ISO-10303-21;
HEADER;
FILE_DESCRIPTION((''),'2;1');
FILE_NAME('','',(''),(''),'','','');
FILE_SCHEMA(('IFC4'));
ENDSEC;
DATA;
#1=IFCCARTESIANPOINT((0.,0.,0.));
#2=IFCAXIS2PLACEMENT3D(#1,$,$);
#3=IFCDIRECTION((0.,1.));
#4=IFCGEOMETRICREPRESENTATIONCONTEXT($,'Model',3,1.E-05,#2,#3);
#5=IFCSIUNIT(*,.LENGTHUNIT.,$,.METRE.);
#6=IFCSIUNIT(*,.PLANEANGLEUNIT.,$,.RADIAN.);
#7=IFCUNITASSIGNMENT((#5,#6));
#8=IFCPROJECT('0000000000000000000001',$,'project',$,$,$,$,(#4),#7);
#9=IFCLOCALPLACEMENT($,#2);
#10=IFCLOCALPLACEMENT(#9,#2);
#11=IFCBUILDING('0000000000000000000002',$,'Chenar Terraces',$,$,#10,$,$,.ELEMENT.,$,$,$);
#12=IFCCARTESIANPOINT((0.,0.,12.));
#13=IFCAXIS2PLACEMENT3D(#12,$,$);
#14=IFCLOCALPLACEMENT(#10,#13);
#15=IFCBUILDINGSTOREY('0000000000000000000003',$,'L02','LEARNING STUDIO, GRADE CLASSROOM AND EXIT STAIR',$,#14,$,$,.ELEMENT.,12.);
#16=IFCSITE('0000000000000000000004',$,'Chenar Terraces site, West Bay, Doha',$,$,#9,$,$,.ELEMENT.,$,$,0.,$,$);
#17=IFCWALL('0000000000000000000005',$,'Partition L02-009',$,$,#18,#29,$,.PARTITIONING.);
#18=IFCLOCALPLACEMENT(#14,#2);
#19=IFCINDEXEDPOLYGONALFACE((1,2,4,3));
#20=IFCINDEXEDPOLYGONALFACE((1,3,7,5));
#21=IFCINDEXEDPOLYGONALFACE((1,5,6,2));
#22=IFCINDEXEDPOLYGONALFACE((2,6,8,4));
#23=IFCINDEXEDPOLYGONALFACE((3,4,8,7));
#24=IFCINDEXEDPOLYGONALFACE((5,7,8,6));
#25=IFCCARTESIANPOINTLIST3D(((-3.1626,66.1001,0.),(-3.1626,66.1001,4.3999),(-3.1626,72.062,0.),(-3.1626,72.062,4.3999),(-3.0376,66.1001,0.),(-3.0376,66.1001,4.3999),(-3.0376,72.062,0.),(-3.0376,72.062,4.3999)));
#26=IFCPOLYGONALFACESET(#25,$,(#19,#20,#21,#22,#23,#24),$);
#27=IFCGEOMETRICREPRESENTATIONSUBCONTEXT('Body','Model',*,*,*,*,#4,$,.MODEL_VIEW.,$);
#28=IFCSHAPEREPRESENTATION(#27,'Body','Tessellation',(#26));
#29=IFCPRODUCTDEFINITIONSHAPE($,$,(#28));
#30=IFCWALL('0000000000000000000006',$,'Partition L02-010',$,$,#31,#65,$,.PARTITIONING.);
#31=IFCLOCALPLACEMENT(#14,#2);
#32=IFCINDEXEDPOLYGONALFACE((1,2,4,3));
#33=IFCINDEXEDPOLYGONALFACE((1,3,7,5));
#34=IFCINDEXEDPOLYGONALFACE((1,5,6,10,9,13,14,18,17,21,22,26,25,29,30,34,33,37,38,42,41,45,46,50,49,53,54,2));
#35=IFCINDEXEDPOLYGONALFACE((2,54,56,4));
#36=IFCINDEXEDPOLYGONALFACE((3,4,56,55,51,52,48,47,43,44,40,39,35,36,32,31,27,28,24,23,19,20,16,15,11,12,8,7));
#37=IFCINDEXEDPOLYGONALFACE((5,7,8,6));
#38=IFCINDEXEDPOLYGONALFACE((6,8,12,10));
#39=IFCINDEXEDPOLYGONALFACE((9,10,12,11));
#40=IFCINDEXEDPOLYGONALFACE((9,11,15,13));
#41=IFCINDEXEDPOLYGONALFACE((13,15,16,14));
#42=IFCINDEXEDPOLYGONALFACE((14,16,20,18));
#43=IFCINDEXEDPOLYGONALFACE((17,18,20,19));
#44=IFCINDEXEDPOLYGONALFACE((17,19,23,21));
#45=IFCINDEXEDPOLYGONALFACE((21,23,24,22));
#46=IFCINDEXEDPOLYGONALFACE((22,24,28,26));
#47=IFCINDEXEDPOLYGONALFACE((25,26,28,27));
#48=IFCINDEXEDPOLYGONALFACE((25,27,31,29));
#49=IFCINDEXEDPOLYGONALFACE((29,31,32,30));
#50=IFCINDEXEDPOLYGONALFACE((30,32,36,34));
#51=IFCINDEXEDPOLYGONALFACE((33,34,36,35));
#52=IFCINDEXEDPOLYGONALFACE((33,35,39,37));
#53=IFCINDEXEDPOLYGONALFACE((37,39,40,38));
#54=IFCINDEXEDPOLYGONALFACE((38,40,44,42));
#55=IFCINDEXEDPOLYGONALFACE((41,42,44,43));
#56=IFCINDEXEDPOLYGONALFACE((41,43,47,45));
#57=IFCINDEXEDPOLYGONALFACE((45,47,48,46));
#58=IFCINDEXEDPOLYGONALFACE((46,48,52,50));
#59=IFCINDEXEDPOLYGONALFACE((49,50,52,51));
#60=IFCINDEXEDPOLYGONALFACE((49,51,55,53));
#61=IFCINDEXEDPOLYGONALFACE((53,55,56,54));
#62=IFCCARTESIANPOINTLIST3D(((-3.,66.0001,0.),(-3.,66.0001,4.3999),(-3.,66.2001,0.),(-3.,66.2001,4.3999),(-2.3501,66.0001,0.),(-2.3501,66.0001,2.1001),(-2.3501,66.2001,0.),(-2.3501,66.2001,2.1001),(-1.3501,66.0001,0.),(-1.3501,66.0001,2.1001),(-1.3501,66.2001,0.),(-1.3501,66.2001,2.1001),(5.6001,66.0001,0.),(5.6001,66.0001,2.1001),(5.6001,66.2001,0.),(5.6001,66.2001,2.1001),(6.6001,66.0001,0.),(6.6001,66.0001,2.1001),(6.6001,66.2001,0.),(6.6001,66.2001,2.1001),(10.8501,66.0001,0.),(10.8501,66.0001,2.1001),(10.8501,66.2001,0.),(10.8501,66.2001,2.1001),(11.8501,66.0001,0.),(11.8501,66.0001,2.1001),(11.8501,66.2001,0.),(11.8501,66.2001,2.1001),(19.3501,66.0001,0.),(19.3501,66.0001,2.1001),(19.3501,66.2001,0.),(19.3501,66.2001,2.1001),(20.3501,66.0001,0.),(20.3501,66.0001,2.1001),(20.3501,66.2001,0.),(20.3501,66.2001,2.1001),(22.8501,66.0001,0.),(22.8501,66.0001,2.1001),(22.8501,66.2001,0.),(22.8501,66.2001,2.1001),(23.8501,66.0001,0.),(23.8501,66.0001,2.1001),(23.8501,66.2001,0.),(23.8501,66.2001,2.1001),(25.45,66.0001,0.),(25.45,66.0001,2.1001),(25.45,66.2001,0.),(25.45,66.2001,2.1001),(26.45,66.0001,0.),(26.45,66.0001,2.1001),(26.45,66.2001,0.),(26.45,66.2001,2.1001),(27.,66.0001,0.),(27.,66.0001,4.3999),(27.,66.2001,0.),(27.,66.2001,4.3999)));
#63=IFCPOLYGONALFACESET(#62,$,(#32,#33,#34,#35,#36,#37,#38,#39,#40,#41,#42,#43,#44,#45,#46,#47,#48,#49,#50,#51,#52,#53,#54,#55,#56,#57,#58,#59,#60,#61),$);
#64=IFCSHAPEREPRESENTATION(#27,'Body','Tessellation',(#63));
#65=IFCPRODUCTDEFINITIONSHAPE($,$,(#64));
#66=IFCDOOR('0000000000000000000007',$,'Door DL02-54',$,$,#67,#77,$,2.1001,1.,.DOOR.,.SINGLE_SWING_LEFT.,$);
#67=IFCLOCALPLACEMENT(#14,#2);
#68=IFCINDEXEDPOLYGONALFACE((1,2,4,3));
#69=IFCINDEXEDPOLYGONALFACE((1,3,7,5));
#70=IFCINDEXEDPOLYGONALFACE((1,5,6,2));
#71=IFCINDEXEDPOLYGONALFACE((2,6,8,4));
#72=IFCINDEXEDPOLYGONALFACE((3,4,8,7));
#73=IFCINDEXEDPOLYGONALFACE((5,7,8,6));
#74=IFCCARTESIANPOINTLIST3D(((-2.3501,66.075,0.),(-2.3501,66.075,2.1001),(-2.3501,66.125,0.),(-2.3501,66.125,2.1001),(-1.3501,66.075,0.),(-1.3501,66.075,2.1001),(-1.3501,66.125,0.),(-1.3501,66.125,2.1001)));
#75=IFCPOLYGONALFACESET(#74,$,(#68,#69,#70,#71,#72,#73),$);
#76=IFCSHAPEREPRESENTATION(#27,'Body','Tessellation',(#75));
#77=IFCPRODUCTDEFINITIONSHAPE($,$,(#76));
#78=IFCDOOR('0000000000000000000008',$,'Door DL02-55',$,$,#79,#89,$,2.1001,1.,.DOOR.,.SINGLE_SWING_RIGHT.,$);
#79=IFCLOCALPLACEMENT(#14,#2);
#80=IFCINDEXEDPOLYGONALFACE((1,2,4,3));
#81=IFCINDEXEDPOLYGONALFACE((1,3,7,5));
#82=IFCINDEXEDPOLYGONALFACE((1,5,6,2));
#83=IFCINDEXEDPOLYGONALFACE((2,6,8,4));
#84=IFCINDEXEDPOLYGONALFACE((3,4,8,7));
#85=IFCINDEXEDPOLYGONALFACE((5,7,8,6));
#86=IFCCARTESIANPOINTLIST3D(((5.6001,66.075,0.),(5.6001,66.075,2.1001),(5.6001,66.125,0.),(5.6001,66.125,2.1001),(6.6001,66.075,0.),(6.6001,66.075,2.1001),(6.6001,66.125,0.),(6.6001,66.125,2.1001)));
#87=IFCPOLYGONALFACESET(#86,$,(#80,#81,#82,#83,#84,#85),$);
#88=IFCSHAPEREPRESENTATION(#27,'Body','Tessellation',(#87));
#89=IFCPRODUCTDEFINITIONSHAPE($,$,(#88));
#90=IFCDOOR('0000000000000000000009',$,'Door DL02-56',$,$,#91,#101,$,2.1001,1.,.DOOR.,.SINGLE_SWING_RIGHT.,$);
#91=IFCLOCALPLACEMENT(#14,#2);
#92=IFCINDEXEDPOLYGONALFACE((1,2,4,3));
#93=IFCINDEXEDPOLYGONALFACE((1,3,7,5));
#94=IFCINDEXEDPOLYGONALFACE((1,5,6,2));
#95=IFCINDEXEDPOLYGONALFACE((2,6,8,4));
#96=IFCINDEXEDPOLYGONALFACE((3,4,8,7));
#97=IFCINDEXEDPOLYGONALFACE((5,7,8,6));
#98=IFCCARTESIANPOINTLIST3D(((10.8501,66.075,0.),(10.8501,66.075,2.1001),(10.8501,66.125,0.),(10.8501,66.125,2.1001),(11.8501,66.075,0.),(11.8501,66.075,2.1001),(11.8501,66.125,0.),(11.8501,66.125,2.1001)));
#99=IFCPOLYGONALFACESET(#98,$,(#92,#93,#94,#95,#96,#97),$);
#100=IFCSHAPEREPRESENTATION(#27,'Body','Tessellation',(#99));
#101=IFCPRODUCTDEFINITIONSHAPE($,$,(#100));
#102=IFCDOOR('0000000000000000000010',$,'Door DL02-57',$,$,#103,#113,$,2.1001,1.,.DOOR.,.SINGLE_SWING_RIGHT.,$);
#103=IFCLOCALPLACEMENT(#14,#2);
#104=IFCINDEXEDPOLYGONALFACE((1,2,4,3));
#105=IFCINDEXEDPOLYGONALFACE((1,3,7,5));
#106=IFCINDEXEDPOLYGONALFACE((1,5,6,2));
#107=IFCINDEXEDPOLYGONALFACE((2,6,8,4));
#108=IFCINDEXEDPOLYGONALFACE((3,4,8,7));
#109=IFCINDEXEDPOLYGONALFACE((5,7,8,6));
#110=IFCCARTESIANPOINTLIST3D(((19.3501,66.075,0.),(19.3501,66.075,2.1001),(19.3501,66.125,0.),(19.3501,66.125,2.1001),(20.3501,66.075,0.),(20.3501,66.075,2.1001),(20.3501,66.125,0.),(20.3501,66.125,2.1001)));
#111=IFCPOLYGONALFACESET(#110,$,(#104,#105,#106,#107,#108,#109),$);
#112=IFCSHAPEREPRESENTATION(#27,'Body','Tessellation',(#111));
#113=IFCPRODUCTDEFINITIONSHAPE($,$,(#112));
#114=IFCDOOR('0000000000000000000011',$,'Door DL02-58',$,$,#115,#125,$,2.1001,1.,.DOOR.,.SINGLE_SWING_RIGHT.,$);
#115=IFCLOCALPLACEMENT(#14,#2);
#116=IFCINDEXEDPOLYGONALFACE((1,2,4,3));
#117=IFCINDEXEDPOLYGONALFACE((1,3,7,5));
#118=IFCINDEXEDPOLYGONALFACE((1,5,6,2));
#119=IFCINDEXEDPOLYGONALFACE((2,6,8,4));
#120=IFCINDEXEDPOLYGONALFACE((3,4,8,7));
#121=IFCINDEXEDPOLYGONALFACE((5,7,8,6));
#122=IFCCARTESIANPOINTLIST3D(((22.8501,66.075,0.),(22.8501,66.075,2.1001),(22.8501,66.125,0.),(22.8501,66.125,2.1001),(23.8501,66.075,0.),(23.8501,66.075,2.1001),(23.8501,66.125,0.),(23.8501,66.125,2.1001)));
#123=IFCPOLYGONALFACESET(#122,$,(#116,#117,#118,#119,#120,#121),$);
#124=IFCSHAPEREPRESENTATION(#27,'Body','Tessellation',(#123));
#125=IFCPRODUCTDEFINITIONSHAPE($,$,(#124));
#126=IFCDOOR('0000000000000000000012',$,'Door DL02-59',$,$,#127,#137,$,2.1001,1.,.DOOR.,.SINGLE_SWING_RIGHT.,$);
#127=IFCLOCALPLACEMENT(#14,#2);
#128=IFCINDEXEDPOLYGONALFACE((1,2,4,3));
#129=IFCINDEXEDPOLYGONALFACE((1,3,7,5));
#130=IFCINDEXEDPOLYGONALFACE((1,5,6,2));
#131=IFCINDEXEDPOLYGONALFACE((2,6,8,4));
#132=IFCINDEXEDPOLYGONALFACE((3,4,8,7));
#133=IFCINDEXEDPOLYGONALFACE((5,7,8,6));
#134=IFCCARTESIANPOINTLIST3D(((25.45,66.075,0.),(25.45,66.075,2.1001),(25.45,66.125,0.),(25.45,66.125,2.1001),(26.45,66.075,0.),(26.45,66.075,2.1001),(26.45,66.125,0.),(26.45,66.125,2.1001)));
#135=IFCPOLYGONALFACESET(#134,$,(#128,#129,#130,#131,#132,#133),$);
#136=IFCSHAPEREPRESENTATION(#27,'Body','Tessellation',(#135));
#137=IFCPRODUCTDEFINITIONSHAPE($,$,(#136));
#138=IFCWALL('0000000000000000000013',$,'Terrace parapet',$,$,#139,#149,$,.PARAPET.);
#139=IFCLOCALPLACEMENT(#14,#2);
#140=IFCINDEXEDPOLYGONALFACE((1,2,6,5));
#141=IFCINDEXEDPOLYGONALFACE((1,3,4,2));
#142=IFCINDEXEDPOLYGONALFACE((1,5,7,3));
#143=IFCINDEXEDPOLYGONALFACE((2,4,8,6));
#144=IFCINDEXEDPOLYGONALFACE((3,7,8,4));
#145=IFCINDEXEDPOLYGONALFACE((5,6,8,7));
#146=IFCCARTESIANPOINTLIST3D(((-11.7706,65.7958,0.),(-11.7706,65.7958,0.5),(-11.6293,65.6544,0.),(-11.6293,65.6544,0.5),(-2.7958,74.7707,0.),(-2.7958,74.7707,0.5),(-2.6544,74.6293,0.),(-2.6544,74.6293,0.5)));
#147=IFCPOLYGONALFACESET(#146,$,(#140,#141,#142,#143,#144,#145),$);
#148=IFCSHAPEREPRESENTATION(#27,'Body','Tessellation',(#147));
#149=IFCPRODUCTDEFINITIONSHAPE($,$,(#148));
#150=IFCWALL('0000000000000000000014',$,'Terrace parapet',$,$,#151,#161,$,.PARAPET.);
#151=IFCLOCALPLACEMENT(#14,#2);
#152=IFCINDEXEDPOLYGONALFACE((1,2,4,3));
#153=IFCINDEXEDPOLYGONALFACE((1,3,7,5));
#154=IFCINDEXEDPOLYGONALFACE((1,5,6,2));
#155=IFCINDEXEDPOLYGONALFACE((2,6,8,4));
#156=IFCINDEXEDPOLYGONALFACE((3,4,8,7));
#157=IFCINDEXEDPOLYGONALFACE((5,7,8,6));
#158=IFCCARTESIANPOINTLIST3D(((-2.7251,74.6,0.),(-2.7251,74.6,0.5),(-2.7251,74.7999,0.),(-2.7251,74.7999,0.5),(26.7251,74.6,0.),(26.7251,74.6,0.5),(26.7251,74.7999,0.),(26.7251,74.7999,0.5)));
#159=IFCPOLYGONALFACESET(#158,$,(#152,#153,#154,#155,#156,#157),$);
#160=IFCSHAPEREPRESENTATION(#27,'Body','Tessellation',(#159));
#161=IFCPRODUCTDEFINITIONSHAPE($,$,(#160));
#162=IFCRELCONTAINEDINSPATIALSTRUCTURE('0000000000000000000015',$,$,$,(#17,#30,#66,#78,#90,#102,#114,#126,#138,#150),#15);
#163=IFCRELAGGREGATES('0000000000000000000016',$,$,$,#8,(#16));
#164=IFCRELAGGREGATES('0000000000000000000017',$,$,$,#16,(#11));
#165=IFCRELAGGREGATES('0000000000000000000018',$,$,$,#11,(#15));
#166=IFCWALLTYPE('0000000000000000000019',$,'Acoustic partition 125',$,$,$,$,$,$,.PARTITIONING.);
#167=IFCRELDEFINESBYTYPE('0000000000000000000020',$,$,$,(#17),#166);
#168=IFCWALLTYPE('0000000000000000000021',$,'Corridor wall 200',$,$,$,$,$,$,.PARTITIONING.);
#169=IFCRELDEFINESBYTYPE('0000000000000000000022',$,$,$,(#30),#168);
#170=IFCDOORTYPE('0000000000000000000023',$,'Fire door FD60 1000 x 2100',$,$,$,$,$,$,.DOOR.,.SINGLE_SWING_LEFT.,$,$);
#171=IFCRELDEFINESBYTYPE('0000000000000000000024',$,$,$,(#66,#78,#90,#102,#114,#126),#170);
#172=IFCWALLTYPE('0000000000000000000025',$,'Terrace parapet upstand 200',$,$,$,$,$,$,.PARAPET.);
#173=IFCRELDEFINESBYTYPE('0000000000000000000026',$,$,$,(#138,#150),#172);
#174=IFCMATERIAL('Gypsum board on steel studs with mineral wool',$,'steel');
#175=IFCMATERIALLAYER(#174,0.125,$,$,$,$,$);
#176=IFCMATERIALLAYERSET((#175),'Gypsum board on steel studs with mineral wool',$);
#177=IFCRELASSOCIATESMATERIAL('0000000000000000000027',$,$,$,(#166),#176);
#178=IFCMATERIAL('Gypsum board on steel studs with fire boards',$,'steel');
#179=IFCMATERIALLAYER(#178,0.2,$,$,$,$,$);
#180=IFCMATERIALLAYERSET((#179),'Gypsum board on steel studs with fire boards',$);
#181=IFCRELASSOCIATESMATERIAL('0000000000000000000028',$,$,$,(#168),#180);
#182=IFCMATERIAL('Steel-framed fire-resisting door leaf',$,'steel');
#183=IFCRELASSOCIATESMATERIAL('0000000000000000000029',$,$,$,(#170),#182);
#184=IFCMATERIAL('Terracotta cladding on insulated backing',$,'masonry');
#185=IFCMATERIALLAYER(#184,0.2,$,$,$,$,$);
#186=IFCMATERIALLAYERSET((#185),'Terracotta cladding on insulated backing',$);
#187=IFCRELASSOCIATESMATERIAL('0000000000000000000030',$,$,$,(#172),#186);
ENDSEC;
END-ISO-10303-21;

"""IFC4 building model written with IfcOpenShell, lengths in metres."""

from ifc_helpers import new_model, si_unit, direction, frame, frame_2d, origin, place, context, subcontext, project, spatial, rectangle, extrude, material, layer, layer_set, type_object, element, fill, save


model = new_model("IFC4")

# Units and contexts
model_context = context("Model", 3, precision=1e-05, world=origin(), true_north=direction((0.0, 1.0)))
body_context = subcontext(model_context, "Body", "Model", "MODEL_VIEW")
ifc_project = project(units=[si_unit("LENGTHUNIT", "METRE"), si_unit("PLANEANGLEUNIT", "RADIAN")], contexts=[model_context])

# Site, building, storey
site_placement = place(None, origin())
site = spatial("IfcSite", under=ifc_project, at=site_placement, Name="Chenar Terraces site, West Bay, Doha", CompositionType="ELEMENT", RefElevation=0.0)
building_placement = place(site_placement, origin())
building = spatial("IfcBuilding", under=site, at=building_placement, Name="Chenar Terraces", CompositionType="ELEMENT")
storey_placement = place(building_placement, frame((0.0, 0.0, 12.0)))
storey = spatial("IfcBuildingStorey", under=building, at=storey_placement, Name="L02", Description="LEARNING STUDIO, GRADE CLASSROOM AND EXIT STAIR", CompositionType="ELEMENT", Elevation=12.0)

# Wall
ifc_material_1 = material(Name="Gypsum board on steel studs with mineral wool", Category="steel")
ifc_layer_1 = layer(ifc_material_1, 0.125)
ifc_layer_set_1 = layer_set([ifc_layer_1], Name="Gypsum board on steel studs with mineral wool")
wall_type_1 = type_object("IfcWallType", Name="Acoustic partition 125", PredefinedType="PARTITIONING", material=ifc_layer_set_1)
wall_1_placement = place(storey_placement, frame((-3.1001, 66.1001, 0.0), z_axis=(0.0, 0.0, 1.0), x_axis=(0.0, 1.0, 0.0)))
element("IfcWall", 1, at=wall_1_placement, inside=storey, type_object=wall_type_1, Name="Partition L02-009", PredefinedType="PARTITIONING", context=body_context, shape_type="SweptSolid", body=[
    extrude(rectangle(XDim=5.9619, YDim=0.125, at=frame_2d((2.981, 0.0))), origin(), (0.0, 0.0, 1.0), 4.3999),
])

# Wall, openings, doors
ifc_material_2 = material(Name="Gypsum board on steel studs with fire boards", Category="steel")
ifc_layer_2 = layer(ifc_material_2, 0.2)
ifc_layer_set_2 = layer_set([ifc_layer_2], Name="Gypsum board on steel studs with fire boards")
wall_type_2 = type_object("IfcWallType", Name="Corridor wall 200", PredefinedType="PARTITIONING", material=ifc_layer_set_2)
wall_2_placement = place(storey_placement, frame((-3.0, 66.1001, 0.0), z_axis=(0.0, 0.0, 1.0), x_axis=(1.0, 0.0, 0.0)))
wall_2 = element("IfcWall", 2, at=wall_2_placement, inside=storey, type_object=wall_type_2, Name="Partition L02-010", PredefinedType="PARTITIONING", context=body_context, shape_type="SweptSolid", body=[
    extrude(rectangle(XDim=30.0, YDim=0.2, at=frame_2d((15.0, 0.0))), origin(), (0.0, 0.0, 1.0), 4.3999),
])
opening_1_placement = place(wall_2_placement, frame((0.6499, 0.0, 0.0)))
opening_1 = element("IfcOpeningElement", 3, at=opening_1_placement, cuts=wall_2, PredefinedType="OPENING", context=body_context, shape_type="SweptSolid", body=[
    extrude(rectangle(XDim=1.0, YDim=2.1001, at=frame_2d((0.5, 1.05))), frame((0.0, 0.1099, 0.0), z_axis=(0.0, -1.0, 0.0), x_axis=(1.0, 0.0, 0.0)), (0.0, 0.0, 1.0), 0.22),
])
opening_2_placement = place(wall_2_placement, frame((8.6001, 0.0, 0.0)))
opening_2 = element("IfcOpeningElement", 4, at=opening_2_placement, cuts=wall_2, PredefinedType="OPENING", context=body_context, shape_type="SweptSolid", body=[
    extrude(rectangle(XDim=1.0, YDim=2.1001, at=frame_2d((0.5, 1.05))), frame((0.0, 0.1099, 0.0), z_axis=(0.0, -1.0, 0.0), x_axis=(1.0, 0.0, 0.0)), (0.0, 0.0, 1.0), 0.22),
])
opening_3_placement = place(wall_2_placement, frame((13.8501, 0.0, 0.0)))
opening_3 = element("IfcOpeningElement", 5, at=opening_3_placement, cuts=wall_2, PredefinedType="OPENING", context=body_context, shape_type="SweptSolid", body=[
    extrude(rectangle(XDim=1.0, YDim=2.1001, at=frame_2d((0.5, 1.05))), frame((0.0, 0.1099, 0.0), z_axis=(0.0, -1.0, 0.0), x_axis=(1.0, 0.0, 0.0)), (0.0, 0.0, 1.0), 0.22),
])
opening_4_placement = place(wall_2_placement, frame((22.3501, 0.0, 0.0)))
opening_4 = element("IfcOpeningElement", 6, at=opening_4_placement, cuts=wall_2, PredefinedType="OPENING", context=body_context, shape_type="SweptSolid", body=[
    extrude(rectangle(XDim=1.0, YDim=2.1001, at=frame_2d((0.5, 1.05))), frame((0.0, 0.1099, 0.0), z_axis=(0.0, -1.0, 0.0), x_axis=(1.0, 0.0, 0.0)), (0.0, 0.0, 1.0), 0.22),
])
opening_5_placement = place(wall_2_placement, frame((25.8501, 0.0, 0.0)))
opening_5 = element("IfcOpeningElement", 7, at=opening_5_placement, cuts=wall_2, PredefinedType="OPENING", context=body_context, shape_type="SweptSolid", body=[
    extrude(rectangle(XDim=1.0, YDim=2.1001, at=frame_2d((0.5, 1.05))), frame((0.0, 0.1099, 0.0), z_axis=(0.0, -1.0, 0.0), x_axis=(1.0, 0.0, 0.0)), (0.0, 0.0, 1.0), 0.22),
])
opening_6_placement = place(wall_2_placement, frame((28.45, 0.0, 0.0)))
opening_6 = element("IfcOpeningElement", 8, at=opening_6_placement, cuts=wall_2, PredefinedType="OPENING", context=body_context, shape_type="SweptSolid", body=[
    extrude(rectangle(XDim=1.0, YDim=2.1001, at=frame_2d((0.5, 1.05))), frame((0.0, 0.1099, 0.0), z_axis=(0.0, -1.0, 0.0), x_axis=(1.0, 0.0, 0.0)), (0.0, 0.0, 1.0), 0.22),
])
ifc_material_3 = material(Name="Steel-framed fire-resisting door leaf", Category="steel")
door_type_1 = type_object("IfcDoorType", Name="Fire door FD60 1000 x 2100", OperationType="SINGLE_SWING_LEFT", PredefinedType="DOOR", material=ifc_material_3)
door_1_placement = place(opening_1_placement, origin())
door_1 = element("IfcDoor", 9, at=door_1_placement, inside=storey, type_object=door_type_1, Name="Door DL02-54", OperationType="SINGLE_SWING_LEFT", OverallHeight=2.1001, OverallWidth=1.0, PredefinedType="DOOR", context=body_context, shape_type="SweptSolid", body=[
    extrude(rectangle(XDim=1.0, YDim=2.1001, at=frame_2d((0.5, 1.05))), frame((0.0, 0.0249, 0.0), z_axis=(0.0, -1.0, 0.0), x_axis=(1.0, 0.0, 0.0)), (0.0, 0.0, 1.0), 0.05),
])
fill(opening_1, door_1)
door_2_placement = place(opening_2_placement, origin())
door_2 = element("IfcDoor", 10, at=door_2_placement, inside=storey, type_object=door_type_1, Name="Door DL02-55", OperationType="SINGLE_SWING_RIGHT", OverallHeight=2.1001, OverallWidth=1.0, PredefinedType="DOOR", context=body_context, shape_type="SweptSolid", body=[
    extrude(rectangle(XDim=1.0, YDim=2.1001, at=frame_2d((0.5, 1.05))), frame((0.0, 0.0249, 0.0), z_axis=(0.0, -1.0, 0.0), x_axis=(1.0, 0.0, 0.0)), (0.0, 0.0, 1.0), 0.05),
])
fill(opening_2, door_2)
door_3_placement = place(opening_3_placement, origin())
door_3 = element("IfcDoor", 11, at=door_3_placement, inside=storey, type_object=door_type_1, Name="Door DL02-56", OperationType="SINGLE_SWING_RIGHT", OverallHeight=2.1001, OverallWidth=1.0, PredefinedType="DOOR", context=body_context, shape_type="SweptSolid", body=[
    extrude(rectangle(XDim=1.0, YDim=2.1001, at=frame_2d((0.5, 1.05))), frame((0.0, 0.0249, 0.0), z_axis=(0.0, -1.0, 0.0), x_axis=(1.0, 0.0, 0.0)), (0.0, 0.0, 1.0), 0.05),
])
fill(opening_3, door_3)
door_4_placement = place(opening_4_placement, origin())
door_4 = element("IfcDoor", 12, at=door_4_placement, inside=storey, type_object=door_type_1, Name="Door DL02-57", OperationType="SINGLE_SWING_RIGHT", OverallHeight=2.1001, OverallWidth=1.0, PredefinedType="DOOR", context=body_context, shape_type="SweptSolid", body=[
    extrude(rectangle(XDim=1.0, YDim=2.1001, at=frame_2d((0.5, 1.05))), frame((0.0, 0.0249, 0.0), z_axis=(0.0, -1.0, 0.0), x_axis=(1.0, 0.0, 0.0)), (0.0, 0.0, 1.0), 0.05),
])
fill(opening_4, door_4)
door_5_placement = place(opening_5_placement, origin())
door_5 = element("IfcDoor", 13, at=door_5_placement, inside=storey, type_object=door_type_1, Name="Door DL02-58", OperationType="SINGLE_SWING_RIGHT", OverallHeight=2.1001, OverallWidth=1.0, PredefinedType="DOOR", context=body_context, shape_type="SweptSolid", body=[
    extrude(rectangle(XDim=1.0, YDim=2.1001, at=frame_2d((0.5, 1.05))), frame((0.0, 0.0249, 0.0), z_axis=(0.0, -1.0, 0.0), x_axis=(1.0, 0.0, 0.0)), (0.0, 0.0, 1.0), 0.05),
])
fill(opening_5, door_5)
door_6_placement = place(opening_6_placement, origin())
door_6 = element("IfcDoor", 14, at=door_6_placement, inside=storey, type_object=door_type_1, Name="Door DL02-59", OperationType="SINGLE_SWING_RIGHT", OverallHeight=2.1001, OverallWidth=1.0, PredefinedType="DOOR", context=body_context, shape_type="SweptSolid", body=[
    extrude(rectangle(XDim=1.0, YDim=2.1001, at=frame_2d((0.5, 1.05))), frame((0.0, 0.0249, 0.0), z_axis=(0.0, -1.0, 0.0), x_axis=(1.0, 0.0, 0.0)), (0.0, 0.0, 1.0), 0.05),
])
fill(opening_6, door_6)

# Walls
ifc_material_4 = material(Name="Terracotta cladding on insulated backing", Category="masonry")
ifc_layer_3 = layer(ifc_material_4, 0.2)
ifc_layer_set_3 = layer_set([ifc_layer_3], Name="Terracotta cladding on insulated backing")
wall_type_3 = type_object("IfcWallType", Name="Terrace parapet upstand 200", PredefinedType="PARAPET", material=ifc_layer_set_3)
wall_3_placement = place(storey_placement, frame((-11.7, 65.7251, 0.0), z_axis=(0.0, 0.0, 1.0), x_axis=(0.707107, 0.707107, 0.0)))
element("IfcWall", 15, at=wall_3_placement, inside=storey, type_object=wall_type_3, Name="Terrace parapet", PredefinedType="PARAPET", context=body_context, shape_type="SweptSolid", body=[
    extrude(rectangle(XDim=12.6924, YDim=0.2, at=frame_2d((6.3462, 0.0))), origin(), (0.0, 0.0, 1.0), 0.5),
])
wall_4_placement = place(storey_placement, frame((-2.7251, 74.7, 0.0), z_axis=(0.0, 0.0, 1.0), x_axis=(1.0, 0.0, 0.0)))
element("IfcWall", 16, at=wall_4_placement, inside=storey, type_object=wall_type_3, Name="Terrace parapet", PredefinedType="PARAPET", context=body_context, shape_type="SweptSolid", body=[
    extrude(rectangle(XDim=29.4502, YDim=0.2, at=frame_2d((14.7251, 0.0))), origin(), (0.0, 0.0, 1.0), 0.5),
])

save(model, "model.ifc")
